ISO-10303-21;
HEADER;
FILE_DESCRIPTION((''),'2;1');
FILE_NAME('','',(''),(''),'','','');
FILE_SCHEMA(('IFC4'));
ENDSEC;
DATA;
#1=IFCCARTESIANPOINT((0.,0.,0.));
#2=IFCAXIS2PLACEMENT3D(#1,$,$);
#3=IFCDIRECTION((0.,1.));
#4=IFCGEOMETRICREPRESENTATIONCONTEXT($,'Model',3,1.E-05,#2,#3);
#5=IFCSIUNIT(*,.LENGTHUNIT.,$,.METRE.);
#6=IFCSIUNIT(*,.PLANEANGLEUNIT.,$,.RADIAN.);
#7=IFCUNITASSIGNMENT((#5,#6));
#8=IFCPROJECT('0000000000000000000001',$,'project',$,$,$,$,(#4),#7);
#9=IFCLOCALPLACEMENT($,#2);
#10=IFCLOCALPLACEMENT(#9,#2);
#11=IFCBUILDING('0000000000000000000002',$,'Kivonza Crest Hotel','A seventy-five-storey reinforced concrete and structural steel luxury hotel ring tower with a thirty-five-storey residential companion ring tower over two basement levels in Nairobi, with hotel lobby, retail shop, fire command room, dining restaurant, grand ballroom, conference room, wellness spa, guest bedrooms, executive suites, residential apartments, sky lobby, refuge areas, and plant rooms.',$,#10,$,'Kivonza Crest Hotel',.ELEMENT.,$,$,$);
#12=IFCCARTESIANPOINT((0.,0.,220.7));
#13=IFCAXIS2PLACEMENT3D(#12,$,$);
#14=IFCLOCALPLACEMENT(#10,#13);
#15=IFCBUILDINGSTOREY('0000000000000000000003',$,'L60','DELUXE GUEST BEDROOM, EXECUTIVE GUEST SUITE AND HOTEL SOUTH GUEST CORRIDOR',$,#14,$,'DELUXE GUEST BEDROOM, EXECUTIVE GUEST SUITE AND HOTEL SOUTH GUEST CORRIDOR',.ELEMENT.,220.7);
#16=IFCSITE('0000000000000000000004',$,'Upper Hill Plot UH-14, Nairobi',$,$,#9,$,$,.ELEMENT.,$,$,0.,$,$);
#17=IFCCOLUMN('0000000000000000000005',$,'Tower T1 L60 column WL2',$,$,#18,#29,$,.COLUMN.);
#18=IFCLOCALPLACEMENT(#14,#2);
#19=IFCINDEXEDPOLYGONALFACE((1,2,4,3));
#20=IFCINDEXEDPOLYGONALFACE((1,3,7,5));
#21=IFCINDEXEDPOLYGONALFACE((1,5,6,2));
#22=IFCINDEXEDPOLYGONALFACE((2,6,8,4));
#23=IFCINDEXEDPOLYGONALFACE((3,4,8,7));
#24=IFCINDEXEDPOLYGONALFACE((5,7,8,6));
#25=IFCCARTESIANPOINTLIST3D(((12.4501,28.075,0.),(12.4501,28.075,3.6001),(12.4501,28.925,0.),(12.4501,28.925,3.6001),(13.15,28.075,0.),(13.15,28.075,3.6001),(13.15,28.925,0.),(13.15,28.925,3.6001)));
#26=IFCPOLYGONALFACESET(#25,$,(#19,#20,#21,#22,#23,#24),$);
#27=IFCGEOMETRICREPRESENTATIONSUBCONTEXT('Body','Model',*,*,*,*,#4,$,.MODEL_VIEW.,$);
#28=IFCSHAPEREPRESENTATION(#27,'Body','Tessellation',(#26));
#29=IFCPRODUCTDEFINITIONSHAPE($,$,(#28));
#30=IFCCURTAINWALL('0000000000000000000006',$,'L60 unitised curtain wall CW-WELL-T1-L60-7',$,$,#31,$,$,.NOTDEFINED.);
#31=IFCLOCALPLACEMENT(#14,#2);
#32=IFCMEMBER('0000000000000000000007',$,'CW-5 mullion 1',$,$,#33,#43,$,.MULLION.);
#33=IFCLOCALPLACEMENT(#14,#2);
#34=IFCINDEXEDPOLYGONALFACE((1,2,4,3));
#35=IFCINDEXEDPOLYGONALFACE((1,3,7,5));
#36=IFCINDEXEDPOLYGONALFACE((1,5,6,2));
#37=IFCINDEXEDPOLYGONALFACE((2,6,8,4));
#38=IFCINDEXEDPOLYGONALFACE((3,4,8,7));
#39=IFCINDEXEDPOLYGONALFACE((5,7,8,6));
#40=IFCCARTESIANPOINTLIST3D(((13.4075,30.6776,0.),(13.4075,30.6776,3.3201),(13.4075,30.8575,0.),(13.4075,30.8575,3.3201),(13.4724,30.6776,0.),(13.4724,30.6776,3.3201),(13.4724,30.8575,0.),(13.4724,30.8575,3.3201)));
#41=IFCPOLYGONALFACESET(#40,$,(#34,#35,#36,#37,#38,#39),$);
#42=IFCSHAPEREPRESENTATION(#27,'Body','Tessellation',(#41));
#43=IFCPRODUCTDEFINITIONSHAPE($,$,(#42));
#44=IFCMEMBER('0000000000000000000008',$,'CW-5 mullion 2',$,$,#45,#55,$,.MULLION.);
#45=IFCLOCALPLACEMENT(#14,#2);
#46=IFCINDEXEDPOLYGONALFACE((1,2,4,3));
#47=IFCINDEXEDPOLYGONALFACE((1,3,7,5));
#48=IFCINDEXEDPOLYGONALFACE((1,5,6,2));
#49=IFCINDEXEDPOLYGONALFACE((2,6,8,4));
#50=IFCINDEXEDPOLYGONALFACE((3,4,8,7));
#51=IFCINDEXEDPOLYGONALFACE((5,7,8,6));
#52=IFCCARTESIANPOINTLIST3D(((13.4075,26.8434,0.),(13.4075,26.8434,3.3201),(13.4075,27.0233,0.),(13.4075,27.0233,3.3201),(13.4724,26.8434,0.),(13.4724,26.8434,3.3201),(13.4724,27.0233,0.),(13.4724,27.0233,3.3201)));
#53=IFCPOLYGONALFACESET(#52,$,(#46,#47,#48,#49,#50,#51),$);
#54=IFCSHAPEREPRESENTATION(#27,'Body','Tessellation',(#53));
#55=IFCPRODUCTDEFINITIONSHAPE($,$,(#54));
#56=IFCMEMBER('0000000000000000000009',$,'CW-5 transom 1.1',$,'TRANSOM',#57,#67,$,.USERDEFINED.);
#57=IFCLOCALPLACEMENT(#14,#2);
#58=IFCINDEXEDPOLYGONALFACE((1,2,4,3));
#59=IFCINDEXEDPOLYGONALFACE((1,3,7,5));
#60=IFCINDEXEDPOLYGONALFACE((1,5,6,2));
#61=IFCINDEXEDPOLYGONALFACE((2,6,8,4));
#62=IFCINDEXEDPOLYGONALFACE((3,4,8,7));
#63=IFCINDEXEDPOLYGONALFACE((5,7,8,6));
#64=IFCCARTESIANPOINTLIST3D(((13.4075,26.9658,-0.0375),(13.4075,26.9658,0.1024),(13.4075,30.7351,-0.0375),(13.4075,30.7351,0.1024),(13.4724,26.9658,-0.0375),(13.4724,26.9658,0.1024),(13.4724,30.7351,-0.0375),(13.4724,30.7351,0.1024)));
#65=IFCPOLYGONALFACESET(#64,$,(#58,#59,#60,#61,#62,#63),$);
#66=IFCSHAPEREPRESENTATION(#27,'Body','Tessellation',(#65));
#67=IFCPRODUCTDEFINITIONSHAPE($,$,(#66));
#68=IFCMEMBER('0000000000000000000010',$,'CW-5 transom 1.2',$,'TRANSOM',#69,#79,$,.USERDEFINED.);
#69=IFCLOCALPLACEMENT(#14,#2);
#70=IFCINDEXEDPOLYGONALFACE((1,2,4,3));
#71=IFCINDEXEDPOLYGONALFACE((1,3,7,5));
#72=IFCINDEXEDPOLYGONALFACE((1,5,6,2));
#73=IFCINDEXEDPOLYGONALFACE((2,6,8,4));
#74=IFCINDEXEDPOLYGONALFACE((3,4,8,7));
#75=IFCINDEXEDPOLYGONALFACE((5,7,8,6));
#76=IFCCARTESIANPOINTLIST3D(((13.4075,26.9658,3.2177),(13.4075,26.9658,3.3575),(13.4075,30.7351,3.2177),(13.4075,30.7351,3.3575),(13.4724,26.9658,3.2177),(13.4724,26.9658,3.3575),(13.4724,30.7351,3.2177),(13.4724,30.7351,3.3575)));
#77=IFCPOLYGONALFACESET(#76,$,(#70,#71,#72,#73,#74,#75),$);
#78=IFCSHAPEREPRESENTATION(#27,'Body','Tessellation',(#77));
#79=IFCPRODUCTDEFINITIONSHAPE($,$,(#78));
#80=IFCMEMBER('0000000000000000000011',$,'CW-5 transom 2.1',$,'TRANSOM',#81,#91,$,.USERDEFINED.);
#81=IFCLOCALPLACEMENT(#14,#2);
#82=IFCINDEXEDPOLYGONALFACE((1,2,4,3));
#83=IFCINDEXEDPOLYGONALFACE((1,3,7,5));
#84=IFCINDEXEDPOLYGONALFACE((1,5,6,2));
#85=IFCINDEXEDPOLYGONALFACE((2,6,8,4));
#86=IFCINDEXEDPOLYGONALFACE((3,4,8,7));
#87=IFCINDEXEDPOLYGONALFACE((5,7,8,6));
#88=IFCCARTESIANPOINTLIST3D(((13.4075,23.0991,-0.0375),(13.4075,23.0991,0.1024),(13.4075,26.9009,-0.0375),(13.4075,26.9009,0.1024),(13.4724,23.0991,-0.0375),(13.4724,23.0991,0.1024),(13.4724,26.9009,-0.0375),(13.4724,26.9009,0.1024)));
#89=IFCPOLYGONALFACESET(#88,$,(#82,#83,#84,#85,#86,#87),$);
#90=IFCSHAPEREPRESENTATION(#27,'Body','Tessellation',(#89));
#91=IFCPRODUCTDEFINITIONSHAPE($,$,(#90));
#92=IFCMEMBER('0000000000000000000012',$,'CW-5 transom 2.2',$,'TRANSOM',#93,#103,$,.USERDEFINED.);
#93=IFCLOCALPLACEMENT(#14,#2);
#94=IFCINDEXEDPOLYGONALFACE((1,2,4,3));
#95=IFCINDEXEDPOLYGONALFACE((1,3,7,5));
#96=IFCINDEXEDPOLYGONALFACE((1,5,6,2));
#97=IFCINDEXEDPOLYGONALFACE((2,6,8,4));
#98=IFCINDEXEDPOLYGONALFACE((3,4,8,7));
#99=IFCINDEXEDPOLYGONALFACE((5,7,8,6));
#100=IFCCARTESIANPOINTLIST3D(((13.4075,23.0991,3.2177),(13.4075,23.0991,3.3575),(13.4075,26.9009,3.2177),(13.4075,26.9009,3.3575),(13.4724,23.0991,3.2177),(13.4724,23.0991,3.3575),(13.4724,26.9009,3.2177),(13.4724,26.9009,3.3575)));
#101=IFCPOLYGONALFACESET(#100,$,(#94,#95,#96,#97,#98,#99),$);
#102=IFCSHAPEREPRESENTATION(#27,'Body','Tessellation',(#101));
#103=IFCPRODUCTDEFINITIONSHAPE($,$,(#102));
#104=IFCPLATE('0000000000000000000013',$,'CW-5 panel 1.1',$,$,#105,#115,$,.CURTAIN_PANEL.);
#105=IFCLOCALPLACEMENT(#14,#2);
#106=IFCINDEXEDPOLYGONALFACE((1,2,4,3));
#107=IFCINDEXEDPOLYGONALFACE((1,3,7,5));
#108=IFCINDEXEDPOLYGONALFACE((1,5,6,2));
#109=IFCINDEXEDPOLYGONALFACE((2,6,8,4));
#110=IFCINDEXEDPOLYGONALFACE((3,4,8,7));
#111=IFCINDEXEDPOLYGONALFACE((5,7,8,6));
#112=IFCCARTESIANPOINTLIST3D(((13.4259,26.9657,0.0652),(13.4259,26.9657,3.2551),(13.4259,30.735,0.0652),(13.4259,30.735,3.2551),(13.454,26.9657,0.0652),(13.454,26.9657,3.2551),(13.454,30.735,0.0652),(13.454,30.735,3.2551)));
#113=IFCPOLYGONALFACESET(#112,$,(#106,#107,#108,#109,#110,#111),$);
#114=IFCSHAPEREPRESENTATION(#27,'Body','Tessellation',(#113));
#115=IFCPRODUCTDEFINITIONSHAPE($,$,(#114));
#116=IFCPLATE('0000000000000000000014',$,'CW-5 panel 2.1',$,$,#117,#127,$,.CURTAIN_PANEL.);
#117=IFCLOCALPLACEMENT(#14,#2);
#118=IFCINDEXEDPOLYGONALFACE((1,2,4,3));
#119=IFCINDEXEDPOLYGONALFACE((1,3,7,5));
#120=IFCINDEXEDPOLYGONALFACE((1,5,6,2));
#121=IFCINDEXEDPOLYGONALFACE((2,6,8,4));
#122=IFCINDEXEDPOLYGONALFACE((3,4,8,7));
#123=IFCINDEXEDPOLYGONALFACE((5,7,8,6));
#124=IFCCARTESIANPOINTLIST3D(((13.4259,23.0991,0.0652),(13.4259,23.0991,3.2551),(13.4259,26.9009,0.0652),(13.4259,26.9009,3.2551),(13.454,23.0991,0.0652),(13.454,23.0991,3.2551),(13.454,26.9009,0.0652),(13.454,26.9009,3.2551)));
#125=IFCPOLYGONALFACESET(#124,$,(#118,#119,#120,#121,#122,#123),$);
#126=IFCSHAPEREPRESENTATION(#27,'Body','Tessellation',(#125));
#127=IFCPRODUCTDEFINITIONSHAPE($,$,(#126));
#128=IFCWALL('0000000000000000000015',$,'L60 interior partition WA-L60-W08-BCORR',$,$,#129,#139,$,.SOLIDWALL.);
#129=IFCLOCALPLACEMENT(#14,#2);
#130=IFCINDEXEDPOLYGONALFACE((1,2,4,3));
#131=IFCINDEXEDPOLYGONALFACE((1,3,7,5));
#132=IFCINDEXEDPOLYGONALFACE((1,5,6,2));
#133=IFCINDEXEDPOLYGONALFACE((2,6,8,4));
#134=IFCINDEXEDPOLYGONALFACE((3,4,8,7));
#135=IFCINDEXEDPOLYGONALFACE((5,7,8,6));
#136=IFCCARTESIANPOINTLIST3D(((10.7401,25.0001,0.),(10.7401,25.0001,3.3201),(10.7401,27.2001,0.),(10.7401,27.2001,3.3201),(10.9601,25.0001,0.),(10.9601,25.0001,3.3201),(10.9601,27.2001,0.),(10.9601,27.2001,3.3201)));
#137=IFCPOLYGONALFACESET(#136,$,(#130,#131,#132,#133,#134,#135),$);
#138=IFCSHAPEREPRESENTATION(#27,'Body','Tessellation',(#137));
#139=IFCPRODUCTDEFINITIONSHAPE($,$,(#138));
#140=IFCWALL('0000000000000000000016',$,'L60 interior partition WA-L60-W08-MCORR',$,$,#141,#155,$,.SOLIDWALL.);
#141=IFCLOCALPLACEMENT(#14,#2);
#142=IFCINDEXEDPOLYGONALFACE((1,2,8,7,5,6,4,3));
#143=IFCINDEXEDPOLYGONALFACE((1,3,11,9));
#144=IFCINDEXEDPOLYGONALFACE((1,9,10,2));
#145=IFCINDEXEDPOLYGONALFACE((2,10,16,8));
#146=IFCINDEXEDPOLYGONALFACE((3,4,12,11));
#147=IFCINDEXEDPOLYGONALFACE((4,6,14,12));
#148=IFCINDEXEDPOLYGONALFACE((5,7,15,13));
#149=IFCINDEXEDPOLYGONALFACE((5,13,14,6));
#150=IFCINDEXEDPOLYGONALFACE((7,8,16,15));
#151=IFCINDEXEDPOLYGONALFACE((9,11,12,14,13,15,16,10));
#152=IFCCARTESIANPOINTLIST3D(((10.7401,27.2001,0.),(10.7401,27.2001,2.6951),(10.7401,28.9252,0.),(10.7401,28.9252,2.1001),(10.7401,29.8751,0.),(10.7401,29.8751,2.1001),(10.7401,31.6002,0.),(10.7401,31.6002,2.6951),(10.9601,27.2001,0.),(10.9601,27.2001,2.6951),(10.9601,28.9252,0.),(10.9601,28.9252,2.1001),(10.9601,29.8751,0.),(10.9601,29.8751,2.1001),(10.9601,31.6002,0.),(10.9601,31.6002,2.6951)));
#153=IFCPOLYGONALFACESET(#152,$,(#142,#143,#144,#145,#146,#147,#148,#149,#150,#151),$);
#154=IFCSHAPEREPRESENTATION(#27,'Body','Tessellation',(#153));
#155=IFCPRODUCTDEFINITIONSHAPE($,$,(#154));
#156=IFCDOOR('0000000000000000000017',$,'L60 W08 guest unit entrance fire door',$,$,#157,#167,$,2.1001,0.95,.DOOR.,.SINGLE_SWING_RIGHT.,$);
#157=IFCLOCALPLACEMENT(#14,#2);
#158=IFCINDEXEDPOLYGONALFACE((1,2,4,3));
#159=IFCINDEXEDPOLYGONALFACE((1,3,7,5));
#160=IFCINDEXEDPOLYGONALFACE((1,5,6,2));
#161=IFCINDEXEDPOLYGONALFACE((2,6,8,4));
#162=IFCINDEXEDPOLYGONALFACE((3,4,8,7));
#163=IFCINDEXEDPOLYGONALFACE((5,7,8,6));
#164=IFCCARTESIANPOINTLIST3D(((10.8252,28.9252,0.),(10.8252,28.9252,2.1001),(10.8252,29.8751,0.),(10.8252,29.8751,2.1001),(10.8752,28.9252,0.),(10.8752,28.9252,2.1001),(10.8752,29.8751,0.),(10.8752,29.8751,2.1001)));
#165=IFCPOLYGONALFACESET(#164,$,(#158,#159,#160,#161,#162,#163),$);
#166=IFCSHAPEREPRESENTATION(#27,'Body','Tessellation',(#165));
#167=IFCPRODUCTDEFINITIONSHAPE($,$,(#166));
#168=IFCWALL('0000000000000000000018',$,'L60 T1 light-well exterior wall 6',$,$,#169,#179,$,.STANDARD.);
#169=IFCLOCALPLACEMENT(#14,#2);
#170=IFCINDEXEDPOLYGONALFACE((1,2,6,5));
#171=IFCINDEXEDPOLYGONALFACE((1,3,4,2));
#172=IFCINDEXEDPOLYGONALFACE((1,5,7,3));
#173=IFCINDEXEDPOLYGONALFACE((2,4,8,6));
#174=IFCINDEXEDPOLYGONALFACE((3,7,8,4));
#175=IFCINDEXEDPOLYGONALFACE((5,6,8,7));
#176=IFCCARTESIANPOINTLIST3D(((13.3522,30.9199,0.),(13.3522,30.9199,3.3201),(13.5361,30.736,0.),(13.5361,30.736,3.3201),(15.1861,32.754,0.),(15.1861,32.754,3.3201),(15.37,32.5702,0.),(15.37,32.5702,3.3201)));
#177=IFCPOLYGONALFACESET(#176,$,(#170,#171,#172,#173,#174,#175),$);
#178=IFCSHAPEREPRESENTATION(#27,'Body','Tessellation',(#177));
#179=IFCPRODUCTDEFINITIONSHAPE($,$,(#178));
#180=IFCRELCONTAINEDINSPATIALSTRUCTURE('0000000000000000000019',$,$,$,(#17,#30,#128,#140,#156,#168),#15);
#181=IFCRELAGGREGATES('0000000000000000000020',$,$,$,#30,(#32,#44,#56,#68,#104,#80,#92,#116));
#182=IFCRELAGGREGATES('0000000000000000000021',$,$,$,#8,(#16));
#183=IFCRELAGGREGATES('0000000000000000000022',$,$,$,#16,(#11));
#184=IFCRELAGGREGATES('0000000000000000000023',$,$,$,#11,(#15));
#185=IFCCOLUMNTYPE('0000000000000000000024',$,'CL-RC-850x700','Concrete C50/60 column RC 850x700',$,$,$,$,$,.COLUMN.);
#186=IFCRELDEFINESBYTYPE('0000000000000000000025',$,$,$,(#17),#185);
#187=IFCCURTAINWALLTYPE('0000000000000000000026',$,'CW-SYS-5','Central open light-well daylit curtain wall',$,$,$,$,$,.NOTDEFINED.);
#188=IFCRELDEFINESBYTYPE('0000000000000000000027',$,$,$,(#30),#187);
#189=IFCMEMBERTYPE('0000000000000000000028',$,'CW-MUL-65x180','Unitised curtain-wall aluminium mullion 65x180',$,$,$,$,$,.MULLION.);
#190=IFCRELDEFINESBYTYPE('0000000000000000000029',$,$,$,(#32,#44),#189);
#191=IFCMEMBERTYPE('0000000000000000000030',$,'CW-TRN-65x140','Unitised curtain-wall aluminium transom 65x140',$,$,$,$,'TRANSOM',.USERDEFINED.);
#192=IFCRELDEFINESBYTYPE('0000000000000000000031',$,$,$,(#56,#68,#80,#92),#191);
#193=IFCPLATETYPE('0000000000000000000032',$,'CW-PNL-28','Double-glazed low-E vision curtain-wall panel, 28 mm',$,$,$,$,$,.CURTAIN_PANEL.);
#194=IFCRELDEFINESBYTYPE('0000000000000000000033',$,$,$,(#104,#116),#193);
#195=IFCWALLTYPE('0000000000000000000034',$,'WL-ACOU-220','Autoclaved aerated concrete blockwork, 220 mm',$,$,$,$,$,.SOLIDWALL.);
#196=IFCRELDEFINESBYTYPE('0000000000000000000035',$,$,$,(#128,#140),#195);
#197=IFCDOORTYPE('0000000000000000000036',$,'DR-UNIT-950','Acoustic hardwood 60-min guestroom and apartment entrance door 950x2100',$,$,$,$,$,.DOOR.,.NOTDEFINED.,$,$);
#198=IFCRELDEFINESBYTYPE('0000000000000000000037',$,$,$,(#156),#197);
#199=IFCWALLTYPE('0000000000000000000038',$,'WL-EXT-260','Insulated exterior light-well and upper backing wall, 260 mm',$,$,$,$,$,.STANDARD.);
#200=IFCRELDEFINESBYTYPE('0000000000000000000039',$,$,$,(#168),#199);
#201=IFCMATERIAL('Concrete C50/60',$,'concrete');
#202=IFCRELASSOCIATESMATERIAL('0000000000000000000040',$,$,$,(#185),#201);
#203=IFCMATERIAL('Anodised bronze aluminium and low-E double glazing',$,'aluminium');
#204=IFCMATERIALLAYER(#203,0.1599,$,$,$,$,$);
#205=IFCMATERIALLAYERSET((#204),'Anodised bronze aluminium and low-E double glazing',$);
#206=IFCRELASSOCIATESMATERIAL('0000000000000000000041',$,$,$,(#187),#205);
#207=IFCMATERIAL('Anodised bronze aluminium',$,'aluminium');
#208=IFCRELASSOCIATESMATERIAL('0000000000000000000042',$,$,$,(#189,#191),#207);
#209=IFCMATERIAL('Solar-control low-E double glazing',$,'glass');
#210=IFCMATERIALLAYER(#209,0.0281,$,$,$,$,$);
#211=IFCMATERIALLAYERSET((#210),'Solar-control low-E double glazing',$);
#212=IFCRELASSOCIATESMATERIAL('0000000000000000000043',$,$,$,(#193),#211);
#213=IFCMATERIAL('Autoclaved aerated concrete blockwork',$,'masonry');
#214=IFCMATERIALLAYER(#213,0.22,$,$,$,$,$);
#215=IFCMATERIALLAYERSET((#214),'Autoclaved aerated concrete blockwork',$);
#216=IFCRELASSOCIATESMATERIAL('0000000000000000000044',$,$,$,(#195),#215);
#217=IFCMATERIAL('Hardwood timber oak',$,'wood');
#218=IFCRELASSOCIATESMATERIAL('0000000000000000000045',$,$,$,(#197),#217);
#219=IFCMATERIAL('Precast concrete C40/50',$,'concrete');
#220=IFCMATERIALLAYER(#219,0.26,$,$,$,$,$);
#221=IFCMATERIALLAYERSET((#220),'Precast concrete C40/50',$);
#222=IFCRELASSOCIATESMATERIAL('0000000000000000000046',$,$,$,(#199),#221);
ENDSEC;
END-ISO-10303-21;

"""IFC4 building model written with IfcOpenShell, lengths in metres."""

from ifc_helpers import new_model, si_unit, direction, frame, frame_2d, origin, origin_2d, place, context, subcontext, project, spatial, rectangle, extrude, material, layer, layer_set, material_profile, profile_set, type_object, element, fill, aggregate, save


model = new_model("IFC4")

# Units and contexts
model_context = context("Model", 3, precision=1e-05, world=origin(), true_north=direction((0.0, 1.0)))
body_context = subcontext(model_context, "Body", "Model", "MODEL_VIEW")
ifc_project = project(units=[si_unit("LENGTHUNIT", "METRE"), si_unit("PLANEANGLEUNIT", "RADIAN")], contexts=[model_context])

# Site, building, storey
site_placement = place(None, origin())
site = spatial("IfcSite", under=ifc_project, at=site_placement, Name="Upper Hill Plot UH-14, Nairobi", CompositionType="ELEMENT", RefElevation=0.0)
building_placement = place(site_placement, origin())
building = spatial("IfcBuilding", under=site, at=building_placement, Name="Kivonza Crest Hotel", Description="A seventy-five-storey reinforced concrete and structural steel luxury hotel ring tower with a thirty-five-storey residential companion ring tower over two basement levels in Nairobi, with hotel lobby, retail shop, fire command room, dining restaurant, grand ballroom, conference room, wellness spa, guest bedrooms, executive suites, residential apartments, sky lobby, refuge areas, and plant rooms.", LongName="Kivonza Crest Hotel", CompositionType="ELEMENT")
storey_placement = place(building_placement, frame((0.0, 0.0, 220.7)))
storey = spatial("IfcBuildingStorey", under=building, at=storey_placement, Name="L60", Description="DELUXE GUEST BEDROOM, EXECUTIVE GUEST SUITE AND HOTEL SOUTH GUEST CORRIDOR", LongName="DELUXE GUEST BEDROOM, EXECUTIVE GUEST SUITE AND HOTEL SOUTH GUEST CORRIDOR", CompositionType="ELEMENT", Elevation=220.7)

# Column
ifc_material_1 = material(Name="Concrete C50/60", Category="concrete")
ifc_material_profile_1 = material_profile(ifc_material_1, rectangle(XDim=0.7, YDim=0.8501, at=origin_2d()), Name="RC 850x700")
ifc_profile_set_1 = profile_set([ifc_material_profile_1], Name="Concrete C50/60")
column_type = type_object("IfcColumnType", Name="CL-RC-850x700", Description="Concrete C50/60 column RC 850x700", PredefinedType="COLUMN", material=ifc_profile_set_1)
column_placement = place(storey_placement, frame((12.8, 28.5, 0.0), z_axis=(0.0, 0.0, 1.0), x_axis=(1.0, 0.0, 0.0)))
element("IfcColumn", 1, at=column_placement, inside=storey, type_object=column_type, Name="Tower T1 L60 column WL2", PredefinedType="COLUMN", context=body_context, shape_type="SweptSolid", body=[
    extrude(rectangle(XDim=0.7, YDim=0.8501, at=origin_2d()), origin(), (0.0, 0.0, 1.0), 3.6001),
])

# Curtain wall, members, plates
ifc_material_2 = material(Name="Anodised bronze aluminium and low-E double glazing", Category="aluminium")
ifc_layer_1 = layer(ifc_material_2, 0.1599)
ifc_layer_set_1 = layer_set([ifc_layer_1], Name="Anodised bronze aluminium and low-E double glazing")
curtain_wall_type = type_object("IfcCurtainWallType", Name="CW-SYS-5", Description="Central open light-well daylit curtain wall", PredefinedType="NOTDEFINED", material=ifc_layer_set_1)
curtain_wall_placement = place(storey_placement, origin())
curtain_wall = element("IfcCurtainWall", 2, at=curtain_wall_placement, inside=storey, type_object=curtain_wall_type, Name="L60 unitised curtain wall CW-WELL-T1-L60-7", PredefinedType="NOTDEFINED")
ifc_material_3 = material(Name="Anodised bronze aluminium", Category="aluminium")
ifc_material_profile_2 = material_profile(ifc_material_3, rectangle(XDim=0.0649, YDim=0.1799, at=origin_2d()), Name="CW-M 65x180")
ifc_profile_set_2 = profile_set([ifc_material_profile_2], Name="Anodised bronze aluminium")
member_type_1 = type_object("IfcMemberType", Name="CW-MUL-65x180", Description="Unitised curtain-wall aluminium mullion 65x180", PredefinedType="MULLION", material=ifc_profile_set_2)
member_1_placement = place(storey_placement, frame((13.4399, 30.7676, 0.0), z_axis=(0.0, 0.0, 1.0), x_axis=(1.0, 0.0, 0.0)))
member_1 = element("IfcMember", 3, at=member_1_placement, type_object=member_type_1, Name="CW-5 mullion 1", PredefinedType="MULLION", context=body_context, shape_type="SweptSolid", body=[
    extrude(rectangle(XDim=0.0649, YDim=0.1799, at=origin_2d()), origin(), (0.0, 0.0, 1.0), 3.3201),
])
member_2_placement = place(storey_placement, frame((13.4399, 26.9333, 0.0), z_axis=(0.0, 0.0, 1.0), x_axis=(1.0, 0.0, 0.0)))
member_2 = element("IfcMember", 4, at=member_2_placement, type_object=member_type_1, Name="CW-5 mullion 2", PredefinedType="MULLION", context=body_context, shape_type="SweptSolid", body=[
    extrude(rectangle(XDim=0.0649, YDim=0.1799, at=origin_2d()), origin(), (0.0, 0.0, 1.0), 3.3201),
])
ifc_material_profile_3 = material_profile(ifc_material_3, rectangle(XDim=0.0649, YDim=0.1399, at=origin_2d()), Name="CW-T 65x140")
ifc_profile_set_3 = profile_set([ifc_material_profile_3], Name="Anodised bronze aluminium")
member_type_2 = type_object("IfcMemberType", Name="CW-TRN-65x140", Description="Unitised curtain-wall aluminium transom 65x140", ElementType="TRANSOM", PredefinedType="USERDEFINED", material=ifc_profile_set_3)
member_3_placement = place(storey_placement, frame((13.4399, 30.7351, 0.0325), z_axis=(0.0, -1.0, 0.0), x_axis=(1.0, 0.0, 0.0)))
member_3 = element("IfcMember", 5, at=member_3_placement, type_object=member_type_2, Name="CW-5 transom 1.1", ObjectType="TRANSOM", PredefinedType="USERDEFINED", context=body_context, shape_type="SweptSolid", body=[
    extrude(rectangle(XDim=0.0649, YDim=0.1399, at=origin_2d()), origin(), (0.0, 0.0, 1.0), 3.7693),
])
member_4_placement = place(storey_placement, frame((13.4399, 30.7351, 3.2876), z_axis=(0.0, -1.0, 0.0), x_axis=(1.0, 0.0, 0.0)))
member_4 = element("IfcMember", 6, at=member_4_placement, type_object=member_type_2, Name="CW-5 transom 1.2", ObjectType="TRANSOM", PredefinedType="USERDEFINED", context=body_context, shape_type="SweptSolid", body=[
    extrude(rectangle(XDim=0.0649, YDim=0.1399, at=origin_2d()), origin(), (0.0, 0.0, 1.0), 3.7693),
])
member_5_placement = place(storey_placement, frame((13.4399, 26.9009, 0.0325), z_axis=(0.0, -1.0, 0.0), x_axis=(1.0, 0.0, 0.0)))
member_5 = element("IfcMember", 7, at=member_5_placement, type_object=member_type_2, Name="CW-5 transom 2.1", ObjectType="TRANSOM", PredefinedType="USERDEFINED", context=body_context, shape_type="SweptSolid", body=[
    extrude(rectangle(XDim=0.0649, YDim=0.1399, at=origin_2d()), origin(), (0.0, 0.0, 1.0), 3.8018),
])
member_6_placement = place(storey_placement, frame((13.4399, 26.9009, 3.2876), z_axis=(0.0, -1.0, 0.0), x_axis=(1.0, 0.0, 0.0)))
member_6 = element("IfcMember", 8, at=member_6_placement, type_object=member_type_2, Name="CW-5 transom 2.2", ObjectType="TRANSOM", PredefinedType="USERDEFINED", context=body_context, shape_type="SweptSolid", body=[
    extrude(rectangle(XDim=0.0649, YDim=0.1399, at=origin_2d()), origin(), (0.0, 0.0, 1.0), 3.8018),
])
ifc_material_4 = material(Name="Solar-control low-E double glazing", Category="glass")
ifc_layer_2 = layer(ifc_material_4, 0.0281)
ifc_layer_set_2 = layer_set([ifc_layer_2], Name="Solar-control low-E double glazing")
plate_type = type_object("IfcPlateType", Name="CW-PNL-28", Description="Double-glazed low-E vision curtain-wall panel, 28 mm", PredefinedType="CURTAIN_PANEL", material=ifc_layer_set_2)
plate_1_placement = place(storey_placement, frame((13.4399, 28.8503, 0.0652), z_axis=(0.0, 0.0, 1.0), x_axis=(0.0, -1.0, 0.0)))
plate_1 = element("IfcPlate", 9, at=plate_1_placement, type_object=plate_type, Name="CW-5 panel 1.1", PredefinedType="CURTAIN_PANEL", context=body_context, shape_type="SweptSolid", body=[
    extrude(rectangle(XDim=3.7693, YDim=0.0281, at=origin_2d()), origin(), (0.0, 0.0, 1.0), 3.1899),
])
plate_2_placement = place(storey_placement, frame((13.4399, 25.0, 0.0652), z_axis=(0.0, 0.0, 1.0), x_axis=(0.0, -1.0, 0.0)))
plate_2 = element("IfcPlate", 10, at=plate_2_placement, type_object=plate_type, Name="CW-5 panel 2.1", PredefinedType="CURTAIN_PANEL", context=body_context, shape_type="SweptSolid", body=[
    extrude(rectangle(XDim=3.8018, YDim=0.0281, at=origin_2d()), origin(), (0.0, 0.0, 1.0), 3.1899),
])
aggregate(curtain_wall, [member_1, member_2, member_3, member_4, plate_1, member_5, member_6, plate_2])

# Wall
ifc_material_5 = material(Name="Autoclaved aerated concrete blockwork", Category="masonry")
ifc_layer_3 = layer(ifc_material_5, 0.22)
ifc_layer_set_3 = layer_set([ifc_layer_3], Name="Autoclaved aerated concrete blockwork")
wall_type_1 = type_object("IfcWallType", Name="WL-ACOU-220", Description="Autoclaved aerated concrete blockwork, 220 mm", PredefinedType="SOLIDWALL", material=ifc_layer_set_3)
wall_1_placement = place(storey_placement, frame((10.8501, 25.0, 0.0), z_axis=(0.0, 0.0, 1.0), x_axis=(0.0, 1.0, 0.0)))
element("IfcWall", 11, at=wall_1_placement, inside=storey, type_object=wall_type_1, Name="L60 interior partition WA-L60-W08-BCORR", PredefinedType="SOLIDWALL", context=body_context, shape_type="SweptSolid", body=[
    extrude(rectangle(XDim=2.2, YDim=0.22, at=frame_2d((1.1001, 0.0))), origin(), (0.0, 0.0, 1.0), 3.3201),
])

# Wall, opening, door
wall_2_placement = place(storey_placement, frame((10.8501, 27.2, 0.0), z_axis=(0.0, 0.0, 1.0), x_axis=(0.0, 1.0, 0.0)))
wall_2 = element("IfcWall", 12, at=wall_2_placement, inside=storey, type_object=wall_type_1, Name="L60 interior partition WA-L60-W08-MCORR", PredefinedType="SOLIDWALL", context=body_context, shape_type="SweptSolid", body=[
    extrude(rectangle(XDim=4.4001, YDim=0.22, at=frame_2d((2.2002, 0.0))), origin(), (0.0, 0.0, 1.0), 2.6951),
])
opening_1_placement = place(wall_2_placement, frame((1.7251, 0.0, 0.0)))
opening_1 = element("IfcOpeningElement", 13, at=opening_1_placement, cuts=wall_2, PredefinedType="OPENING", context=body_context, shape_type="SweptSolid", body=[
    extrude(rectangle(XDim=0.95, YDim=2.1001, at=frame_2d((0.4751, 1.05))), frame((0.0, 0.1201, 0.0), z_axis=(0.0, -1.0, 0.0), x_axis=(1.0, 0.0, 0.0)), (0.0, 0.0, 1.0), 0.24),
])
ifc_material_6 = material(Name="Hardwood timber oak", Category="wood")
door_type_1 = type_object("IfcDoorType", Name="DR-UNIT-950", Description="Acoustic hardwood 60-min guestroom and apartment entrance door 950x2100", OperationType="NOTDEFINED", PredefinedType="DOOR", material=ifc_material_6)
door_1_placement = place(opening_1_placement, origin())
door_1 = element("IfcDoor", 14, at=door_1_placement, inside=storey, type_object=door_type_1, Name="L60 W08 guest unit entrance fire door", OperationType="SINGLE_SWING_RIGHT", OverallHeight=2.1001, OverallWidth=0.95, PredefinedType="DOOR", context=body_context, shape_type="SweptSolid", body=[
    extrude(rectangle(XDim=0.95, YDim=2.1001, at=frame_2d((0.4751, 1.05))), frame((0.0, 0.0249, 0.0), z_axis=(0.0, -1.0, 0.0), x_axis=(1.0, 0.0, 0.0)), (0.0, 0.0, 1.0), 0.05),
])
fill(opening_1, door_1)

# Wall
ifc_material_7 = material(Name="Precast concrete C40/50", Category="concrete")
ifc_layer_4 = layer(ifc_material_7, 0.26)
ifc_layer_set_4 = layer_set([ifc_layer_4], Name="Precast concrete C40/50")
wall_type_2 = type_object("IfcWallType", Name="WL-EXT-260", Description="Insulated exterior light-well and upper backing wall, 260 mm", PredefinedType="STANDARD", material=ifc_layer_set_4)
wall_3_placement = place(storey_placement, frame((15.2781, 32.6621, 0.0), z_axis=(0.0, 0.0, 1.0), x_axis=(-0.70706, -0.707154, 0.0)))
element("IfcWall", 15, at=wall_3_placement, inside=storey, type_object=wall_type_2, Name="L60 T1 light-well exterior wall 6", PredefinedType="STANDARD", context=body_context, shape_type="SweptSolid", body=[
    extrude(rectangle(XDim=2.5938, YDim=0.26, at=frame_2d((1.2969, 0.0))), origin(), (0.0, 0.0, 1.0), 3.3201),
])

save(model, "model.ifc")
